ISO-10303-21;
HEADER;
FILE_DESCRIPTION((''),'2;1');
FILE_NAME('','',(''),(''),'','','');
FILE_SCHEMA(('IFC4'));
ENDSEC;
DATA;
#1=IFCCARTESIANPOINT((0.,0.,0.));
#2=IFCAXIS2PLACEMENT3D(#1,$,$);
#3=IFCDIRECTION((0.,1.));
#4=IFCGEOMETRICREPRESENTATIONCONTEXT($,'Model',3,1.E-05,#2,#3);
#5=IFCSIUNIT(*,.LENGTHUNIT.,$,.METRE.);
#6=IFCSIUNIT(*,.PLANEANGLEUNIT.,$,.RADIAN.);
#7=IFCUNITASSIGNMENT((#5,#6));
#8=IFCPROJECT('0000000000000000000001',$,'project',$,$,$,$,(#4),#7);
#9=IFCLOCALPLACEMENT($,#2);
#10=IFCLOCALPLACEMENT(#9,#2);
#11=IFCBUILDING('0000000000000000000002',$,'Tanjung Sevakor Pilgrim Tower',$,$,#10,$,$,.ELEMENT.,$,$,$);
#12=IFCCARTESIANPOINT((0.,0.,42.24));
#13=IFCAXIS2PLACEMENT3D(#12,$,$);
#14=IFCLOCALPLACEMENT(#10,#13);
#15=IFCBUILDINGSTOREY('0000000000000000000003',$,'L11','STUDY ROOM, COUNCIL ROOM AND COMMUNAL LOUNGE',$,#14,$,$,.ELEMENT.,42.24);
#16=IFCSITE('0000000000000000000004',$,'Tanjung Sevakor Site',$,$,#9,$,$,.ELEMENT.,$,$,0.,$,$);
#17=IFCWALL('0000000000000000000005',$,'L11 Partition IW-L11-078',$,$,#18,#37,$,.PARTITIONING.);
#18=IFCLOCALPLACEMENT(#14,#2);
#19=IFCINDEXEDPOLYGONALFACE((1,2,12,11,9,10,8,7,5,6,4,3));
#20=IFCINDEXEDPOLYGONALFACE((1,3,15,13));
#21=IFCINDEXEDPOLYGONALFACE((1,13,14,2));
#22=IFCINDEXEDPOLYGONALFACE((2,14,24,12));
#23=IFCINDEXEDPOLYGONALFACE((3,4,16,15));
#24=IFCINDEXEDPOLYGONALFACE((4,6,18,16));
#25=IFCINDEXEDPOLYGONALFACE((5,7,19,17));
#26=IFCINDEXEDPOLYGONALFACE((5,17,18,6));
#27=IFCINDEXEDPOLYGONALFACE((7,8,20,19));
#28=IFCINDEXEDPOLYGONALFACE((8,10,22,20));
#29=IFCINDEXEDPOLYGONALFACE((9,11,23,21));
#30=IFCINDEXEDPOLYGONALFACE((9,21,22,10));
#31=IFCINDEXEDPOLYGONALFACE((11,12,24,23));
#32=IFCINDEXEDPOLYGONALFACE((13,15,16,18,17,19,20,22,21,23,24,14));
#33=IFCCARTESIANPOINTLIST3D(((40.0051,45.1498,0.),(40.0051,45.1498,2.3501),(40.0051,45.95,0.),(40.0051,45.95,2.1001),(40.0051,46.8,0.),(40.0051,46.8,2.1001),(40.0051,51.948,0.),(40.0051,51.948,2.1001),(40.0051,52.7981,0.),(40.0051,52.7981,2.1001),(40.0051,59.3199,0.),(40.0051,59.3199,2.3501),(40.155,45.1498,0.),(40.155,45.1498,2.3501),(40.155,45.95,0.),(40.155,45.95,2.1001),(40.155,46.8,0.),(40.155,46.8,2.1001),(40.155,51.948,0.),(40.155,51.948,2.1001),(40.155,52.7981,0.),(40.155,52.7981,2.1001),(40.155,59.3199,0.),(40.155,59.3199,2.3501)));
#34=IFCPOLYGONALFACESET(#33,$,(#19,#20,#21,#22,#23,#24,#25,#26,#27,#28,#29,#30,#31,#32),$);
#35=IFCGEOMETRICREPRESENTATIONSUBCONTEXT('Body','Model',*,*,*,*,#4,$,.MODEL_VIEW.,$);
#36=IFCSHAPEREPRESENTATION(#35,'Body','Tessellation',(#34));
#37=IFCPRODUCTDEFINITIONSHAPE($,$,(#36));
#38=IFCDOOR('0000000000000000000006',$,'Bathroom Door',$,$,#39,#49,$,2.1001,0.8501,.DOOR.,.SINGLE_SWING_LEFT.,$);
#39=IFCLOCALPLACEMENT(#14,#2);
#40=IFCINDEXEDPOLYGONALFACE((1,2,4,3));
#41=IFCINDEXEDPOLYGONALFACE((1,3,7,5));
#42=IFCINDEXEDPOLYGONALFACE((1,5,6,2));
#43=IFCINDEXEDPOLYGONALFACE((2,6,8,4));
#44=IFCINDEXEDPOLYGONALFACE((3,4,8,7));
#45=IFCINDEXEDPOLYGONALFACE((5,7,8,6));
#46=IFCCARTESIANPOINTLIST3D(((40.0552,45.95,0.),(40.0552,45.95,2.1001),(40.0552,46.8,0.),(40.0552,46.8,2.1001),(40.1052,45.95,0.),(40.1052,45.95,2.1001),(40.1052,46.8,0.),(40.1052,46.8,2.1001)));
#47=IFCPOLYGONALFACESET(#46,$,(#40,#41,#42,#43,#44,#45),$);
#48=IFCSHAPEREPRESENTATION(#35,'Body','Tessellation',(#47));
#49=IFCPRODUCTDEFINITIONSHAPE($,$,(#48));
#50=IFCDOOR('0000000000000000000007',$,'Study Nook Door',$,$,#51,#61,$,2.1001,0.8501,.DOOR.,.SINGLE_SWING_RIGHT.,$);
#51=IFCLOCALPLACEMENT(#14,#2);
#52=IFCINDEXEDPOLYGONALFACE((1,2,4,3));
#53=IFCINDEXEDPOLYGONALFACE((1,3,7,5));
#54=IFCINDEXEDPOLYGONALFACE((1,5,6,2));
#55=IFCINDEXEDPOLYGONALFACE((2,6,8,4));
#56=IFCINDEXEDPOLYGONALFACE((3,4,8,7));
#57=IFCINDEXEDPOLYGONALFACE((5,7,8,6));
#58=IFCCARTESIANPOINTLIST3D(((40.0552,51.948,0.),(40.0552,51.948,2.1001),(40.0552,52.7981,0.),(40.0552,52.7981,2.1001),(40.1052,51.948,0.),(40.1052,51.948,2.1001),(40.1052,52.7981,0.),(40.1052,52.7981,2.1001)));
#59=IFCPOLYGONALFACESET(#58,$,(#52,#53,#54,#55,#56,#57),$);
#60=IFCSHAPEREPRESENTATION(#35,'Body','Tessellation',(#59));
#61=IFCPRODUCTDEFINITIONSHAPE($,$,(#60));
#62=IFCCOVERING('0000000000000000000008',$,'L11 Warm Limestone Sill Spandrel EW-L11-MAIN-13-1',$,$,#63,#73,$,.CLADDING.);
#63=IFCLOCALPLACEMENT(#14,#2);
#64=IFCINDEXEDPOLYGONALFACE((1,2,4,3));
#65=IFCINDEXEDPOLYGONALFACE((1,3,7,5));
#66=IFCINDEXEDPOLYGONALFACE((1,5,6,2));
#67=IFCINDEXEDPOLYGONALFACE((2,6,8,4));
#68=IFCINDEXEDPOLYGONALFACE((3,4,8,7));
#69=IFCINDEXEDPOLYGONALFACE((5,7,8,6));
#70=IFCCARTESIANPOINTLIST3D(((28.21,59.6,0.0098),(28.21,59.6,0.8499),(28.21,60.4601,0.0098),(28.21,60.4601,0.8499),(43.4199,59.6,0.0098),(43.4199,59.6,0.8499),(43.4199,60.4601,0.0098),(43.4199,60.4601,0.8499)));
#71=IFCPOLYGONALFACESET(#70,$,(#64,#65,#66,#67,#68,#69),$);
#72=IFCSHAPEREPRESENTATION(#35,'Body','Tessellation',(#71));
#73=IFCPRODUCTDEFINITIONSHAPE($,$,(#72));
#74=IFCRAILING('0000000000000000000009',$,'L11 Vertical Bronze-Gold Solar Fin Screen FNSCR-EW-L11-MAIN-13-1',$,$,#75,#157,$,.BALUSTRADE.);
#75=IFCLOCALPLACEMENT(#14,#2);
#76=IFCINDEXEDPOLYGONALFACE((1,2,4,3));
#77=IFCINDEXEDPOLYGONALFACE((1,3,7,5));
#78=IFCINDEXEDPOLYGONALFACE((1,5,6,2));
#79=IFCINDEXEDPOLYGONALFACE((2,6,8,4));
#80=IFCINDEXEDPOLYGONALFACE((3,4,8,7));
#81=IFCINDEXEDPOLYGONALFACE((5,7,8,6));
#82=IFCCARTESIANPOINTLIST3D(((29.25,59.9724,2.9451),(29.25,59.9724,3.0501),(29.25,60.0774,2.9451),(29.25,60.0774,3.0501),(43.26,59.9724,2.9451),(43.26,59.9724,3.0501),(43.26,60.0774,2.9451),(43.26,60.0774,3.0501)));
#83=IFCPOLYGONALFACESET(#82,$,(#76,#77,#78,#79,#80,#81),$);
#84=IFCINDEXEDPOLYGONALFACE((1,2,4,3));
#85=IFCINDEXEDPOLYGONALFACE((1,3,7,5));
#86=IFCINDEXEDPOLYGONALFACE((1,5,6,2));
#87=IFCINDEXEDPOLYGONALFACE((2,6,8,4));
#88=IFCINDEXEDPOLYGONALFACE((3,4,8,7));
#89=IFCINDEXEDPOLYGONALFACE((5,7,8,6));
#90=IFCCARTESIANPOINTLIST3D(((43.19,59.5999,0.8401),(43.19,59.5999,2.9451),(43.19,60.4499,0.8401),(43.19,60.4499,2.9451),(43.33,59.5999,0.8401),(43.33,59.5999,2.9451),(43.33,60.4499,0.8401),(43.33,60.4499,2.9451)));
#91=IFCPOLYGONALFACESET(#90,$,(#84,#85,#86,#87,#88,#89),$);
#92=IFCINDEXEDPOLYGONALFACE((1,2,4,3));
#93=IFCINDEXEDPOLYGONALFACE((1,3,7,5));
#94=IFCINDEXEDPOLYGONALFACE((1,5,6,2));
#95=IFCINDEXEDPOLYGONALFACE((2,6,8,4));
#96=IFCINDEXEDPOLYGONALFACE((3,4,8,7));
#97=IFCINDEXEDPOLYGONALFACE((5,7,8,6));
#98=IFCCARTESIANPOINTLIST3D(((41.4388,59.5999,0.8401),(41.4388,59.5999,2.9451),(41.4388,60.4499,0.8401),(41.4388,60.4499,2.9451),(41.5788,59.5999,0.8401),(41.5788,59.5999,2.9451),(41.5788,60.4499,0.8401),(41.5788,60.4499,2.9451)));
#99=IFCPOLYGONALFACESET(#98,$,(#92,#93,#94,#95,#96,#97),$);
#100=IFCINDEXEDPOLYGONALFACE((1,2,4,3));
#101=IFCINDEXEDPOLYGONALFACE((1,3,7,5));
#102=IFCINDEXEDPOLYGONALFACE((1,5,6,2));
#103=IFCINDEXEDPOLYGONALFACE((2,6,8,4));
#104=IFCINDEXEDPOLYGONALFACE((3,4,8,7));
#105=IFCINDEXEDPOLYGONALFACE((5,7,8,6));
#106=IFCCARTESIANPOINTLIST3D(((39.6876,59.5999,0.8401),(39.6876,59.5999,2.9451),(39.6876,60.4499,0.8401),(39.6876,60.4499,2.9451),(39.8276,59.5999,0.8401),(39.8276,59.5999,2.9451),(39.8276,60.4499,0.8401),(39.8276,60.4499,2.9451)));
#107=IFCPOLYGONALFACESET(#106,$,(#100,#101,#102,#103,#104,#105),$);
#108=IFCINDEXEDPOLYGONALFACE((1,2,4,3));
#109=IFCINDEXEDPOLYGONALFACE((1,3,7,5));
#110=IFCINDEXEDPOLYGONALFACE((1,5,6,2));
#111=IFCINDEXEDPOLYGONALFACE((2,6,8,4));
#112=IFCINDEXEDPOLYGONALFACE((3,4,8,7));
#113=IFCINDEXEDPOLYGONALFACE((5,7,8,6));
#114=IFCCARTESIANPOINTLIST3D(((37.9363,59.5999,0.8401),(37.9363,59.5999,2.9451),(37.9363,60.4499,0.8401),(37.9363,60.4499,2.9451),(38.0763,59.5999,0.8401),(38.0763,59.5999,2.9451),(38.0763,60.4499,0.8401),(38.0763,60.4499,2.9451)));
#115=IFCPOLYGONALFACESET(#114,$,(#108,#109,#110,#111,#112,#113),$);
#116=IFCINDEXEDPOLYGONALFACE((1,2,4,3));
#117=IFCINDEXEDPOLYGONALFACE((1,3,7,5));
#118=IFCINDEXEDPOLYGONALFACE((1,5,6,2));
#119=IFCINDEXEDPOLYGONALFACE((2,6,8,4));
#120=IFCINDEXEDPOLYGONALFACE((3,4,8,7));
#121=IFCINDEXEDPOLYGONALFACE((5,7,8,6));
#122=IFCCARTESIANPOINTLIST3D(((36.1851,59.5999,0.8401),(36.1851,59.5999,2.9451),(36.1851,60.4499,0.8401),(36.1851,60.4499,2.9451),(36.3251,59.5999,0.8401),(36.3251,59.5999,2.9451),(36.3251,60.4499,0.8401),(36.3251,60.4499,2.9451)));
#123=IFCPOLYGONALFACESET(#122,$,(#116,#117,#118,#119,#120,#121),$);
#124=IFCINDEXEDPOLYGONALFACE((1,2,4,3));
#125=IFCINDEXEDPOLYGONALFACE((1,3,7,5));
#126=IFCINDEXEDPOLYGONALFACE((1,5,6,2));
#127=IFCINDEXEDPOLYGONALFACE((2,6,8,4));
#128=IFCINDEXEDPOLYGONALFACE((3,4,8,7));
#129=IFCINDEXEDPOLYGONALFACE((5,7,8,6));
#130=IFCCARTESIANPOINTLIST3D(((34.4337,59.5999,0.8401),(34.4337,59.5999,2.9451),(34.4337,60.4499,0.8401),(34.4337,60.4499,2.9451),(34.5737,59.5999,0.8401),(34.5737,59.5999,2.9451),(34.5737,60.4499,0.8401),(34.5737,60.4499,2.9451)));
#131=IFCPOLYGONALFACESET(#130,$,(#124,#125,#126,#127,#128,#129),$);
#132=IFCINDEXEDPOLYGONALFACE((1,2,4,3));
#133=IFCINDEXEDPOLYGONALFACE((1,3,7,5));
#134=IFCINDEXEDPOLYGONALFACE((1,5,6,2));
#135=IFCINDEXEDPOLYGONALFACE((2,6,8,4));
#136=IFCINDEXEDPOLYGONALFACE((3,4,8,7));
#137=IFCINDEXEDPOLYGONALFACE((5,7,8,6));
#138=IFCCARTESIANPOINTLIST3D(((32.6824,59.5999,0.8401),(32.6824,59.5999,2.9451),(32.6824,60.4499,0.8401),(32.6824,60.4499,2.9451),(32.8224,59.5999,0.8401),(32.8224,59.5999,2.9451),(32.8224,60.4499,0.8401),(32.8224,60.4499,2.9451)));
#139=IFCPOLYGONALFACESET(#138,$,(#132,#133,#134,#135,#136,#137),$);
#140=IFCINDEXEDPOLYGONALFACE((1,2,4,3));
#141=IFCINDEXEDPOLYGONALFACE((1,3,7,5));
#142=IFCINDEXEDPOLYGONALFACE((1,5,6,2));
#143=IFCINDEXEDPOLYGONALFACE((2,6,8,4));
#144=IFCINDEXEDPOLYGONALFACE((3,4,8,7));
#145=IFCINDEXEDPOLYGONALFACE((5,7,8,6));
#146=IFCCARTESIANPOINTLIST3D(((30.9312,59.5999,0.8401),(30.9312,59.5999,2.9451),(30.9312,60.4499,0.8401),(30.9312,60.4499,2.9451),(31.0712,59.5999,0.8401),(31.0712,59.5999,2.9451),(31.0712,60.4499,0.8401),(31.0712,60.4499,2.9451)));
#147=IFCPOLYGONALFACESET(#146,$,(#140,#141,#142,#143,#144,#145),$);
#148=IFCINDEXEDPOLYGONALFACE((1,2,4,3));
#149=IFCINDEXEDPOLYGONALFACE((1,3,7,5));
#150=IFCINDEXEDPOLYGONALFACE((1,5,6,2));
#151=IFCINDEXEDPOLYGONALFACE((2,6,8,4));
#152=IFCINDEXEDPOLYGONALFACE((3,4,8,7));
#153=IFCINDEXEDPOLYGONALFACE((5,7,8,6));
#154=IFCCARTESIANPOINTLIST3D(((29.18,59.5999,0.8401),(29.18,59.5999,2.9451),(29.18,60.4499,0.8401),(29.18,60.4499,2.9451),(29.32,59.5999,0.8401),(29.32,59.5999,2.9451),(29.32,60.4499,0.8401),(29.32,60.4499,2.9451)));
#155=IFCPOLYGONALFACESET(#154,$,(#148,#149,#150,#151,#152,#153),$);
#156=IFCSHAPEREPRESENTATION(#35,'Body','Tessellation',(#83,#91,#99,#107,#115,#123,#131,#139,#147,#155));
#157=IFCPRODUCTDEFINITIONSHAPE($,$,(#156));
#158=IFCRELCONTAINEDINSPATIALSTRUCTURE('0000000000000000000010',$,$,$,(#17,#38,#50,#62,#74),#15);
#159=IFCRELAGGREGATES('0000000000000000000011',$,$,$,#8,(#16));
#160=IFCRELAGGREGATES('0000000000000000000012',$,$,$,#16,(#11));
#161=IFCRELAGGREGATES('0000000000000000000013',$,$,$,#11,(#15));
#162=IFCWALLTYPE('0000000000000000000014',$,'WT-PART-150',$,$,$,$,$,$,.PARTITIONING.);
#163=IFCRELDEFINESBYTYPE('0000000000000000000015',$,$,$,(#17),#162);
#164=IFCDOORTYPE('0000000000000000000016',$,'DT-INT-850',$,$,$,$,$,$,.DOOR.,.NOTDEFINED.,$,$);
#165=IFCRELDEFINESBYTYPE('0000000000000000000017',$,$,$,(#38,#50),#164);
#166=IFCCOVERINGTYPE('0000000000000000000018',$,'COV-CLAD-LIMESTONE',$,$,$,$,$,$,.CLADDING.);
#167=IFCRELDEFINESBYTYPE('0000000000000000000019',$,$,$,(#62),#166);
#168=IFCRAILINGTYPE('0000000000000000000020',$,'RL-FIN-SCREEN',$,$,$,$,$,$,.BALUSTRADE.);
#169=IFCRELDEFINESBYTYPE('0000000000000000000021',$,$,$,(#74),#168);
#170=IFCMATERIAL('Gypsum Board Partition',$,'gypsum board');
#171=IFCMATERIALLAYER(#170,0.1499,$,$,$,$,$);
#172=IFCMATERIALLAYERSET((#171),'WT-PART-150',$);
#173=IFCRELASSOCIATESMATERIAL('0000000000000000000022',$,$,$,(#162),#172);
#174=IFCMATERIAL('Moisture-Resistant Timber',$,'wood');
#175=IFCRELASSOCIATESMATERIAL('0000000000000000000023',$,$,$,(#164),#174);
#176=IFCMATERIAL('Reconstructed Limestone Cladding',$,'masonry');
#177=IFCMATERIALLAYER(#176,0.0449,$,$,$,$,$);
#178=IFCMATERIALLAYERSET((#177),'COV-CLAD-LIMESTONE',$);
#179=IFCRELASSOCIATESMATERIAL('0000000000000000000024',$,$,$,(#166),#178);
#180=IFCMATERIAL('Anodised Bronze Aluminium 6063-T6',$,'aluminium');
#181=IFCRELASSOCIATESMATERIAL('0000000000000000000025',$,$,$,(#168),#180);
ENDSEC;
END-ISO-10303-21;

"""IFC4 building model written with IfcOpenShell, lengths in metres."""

from ifc_helpers import new_model, si_unit, direction, frame, frame_2d, origin, origin_2d, place, context, subcontext, project, spatial, rectangle, extrude, material, layer, layer_set, type_object, element, fill, save


model = new_model("IFC4")

# Units and contexts
model_context = context("Model", 3, precision=1e-05, world=origin(), true_north=direction((0.0, 1.0)))
body_context = subcontext(model_context, "Body", "Model", "MODEL_VIEW")
ifc_project = project(units=[si_unit("LENGTHUNIT", "METRE"), si_unit("PLANEANGLEUNIT", "RADIAN")], contexts=[model_context])

# Site, building, storey
site_placement = place(None, origin())
site = spatial("IfcSite", under=ifc_project, at=site_placement, Name="Tanjung Sevakor Site", CompositionType="ELEMENT", RefElevation=0.0)
building_placement = place(site_placement, origin())
building = spatial("IfcBuilding", under=site, at=building_placement, Name="Tanjung Sevakor Pilgrim Tower", CompositionType="ELEMENT")
storey_placement = place(building_placement, frame((0.0, 0.0, 42.24)))
storey = spatial("IfcBuildingStorey", under=building, at=storey_placement, Name="L11", Description="STUDY ROOM, COUNCIL ROOM AND COMMUNAL LOUNGE", CompositionType="ELEMENT", Elevation=42.24)

# Shared definitions
ifc_material_1 = material(Name="Gypsum Board Partition", Category="gypsum board")
ifc_layer_1 = layer(ifc_material_1, 0.1499)
ifc_layer_set_1 = layer_set([ifc_layer_1], Name="WT-PART-150")
wall_type_1 = type_object("IfcWallType", Name="WT-PART-150", PredefinedType="PARTITIONING", material=ifc_layer_set_1)

# Wall, openings, doors
wall_1_placement = place(storey_placement, frame((40.0801, 45.1499, 0.0), z_axis=(0.0, 0.0, 1.0), x_axis=(0.0, 1.0, 0.0)))
wall_1 = element("IfcWall", 1, at=wall_1_placement, inside=storey, type_object=wall_type_1, Name="L11 Partition IW-L11-078", PredefinedType="PARTITIONING", context=body_context, shape_type="SweptSolid", body=[
    extrude(rectangle(XDim=14.1702, YDim=0.1499, at=frame_2d((7.085, 0.0))), origin(), (0.0, 0.0, 1.0), 2.3501),
])
opening_1_placement = place(wall_1_placement, frame((0.8, 0.0, 0.0)))
opening_1 = element("IfcOpeningElement", 2, at=opening_1_placement, cuts=wall_1, PredefinedType="OPENING", context=body_context, shape_type="SweptSolid", body=[
    extrude(rectangle(XDim=0.8501, YDim=2.1001, at=frame_2d((0.425, 1.05))), frame((0.0, 0.085, 0.0), z_axis=(0.0, -1.0, 0.0), x_axis=(1.0, 0.0, 0.0)), (0.0, 0.0, 1.0), 0.1699),
])
opening_2_placement = place(wall_1_placement, frame((6.7981, 0.0, 0.0)))
opening_2 = element("IfcOpeningElement", 3, at=opening_2_placement, cuts=wall_1, PredefinedType="OPENING", context=body_context, shape_type="SweptSolid", body=[
    extrude(rectangle(XDim=0.8501, YDim=2.1001, at=frame_2d((0.425, 1.05))), frame((0.0, 0.085, 0.0), z_axis=(0.0, -1.0, 0.0), x_axis=(1.0, 0.0, 0.0)), (0.0, 0.0, 1.0), 0.1699),
])
ifc_material_2 = material(Name="Moisture-Resistant Timber", Category="wood")
door_type_1 = type_object("IfcDoorType", Name="DT-INT-850", OperationType="NOTDEFINED", PredefinedType="DOOR", material=ifc_material_2)
door_1_placement = place(opening_1_placement, origin())
door_1 = element("IfcDoor", 4, at=door_1_placement, inside=storey, type_object=door_type_1, Name="Bathroom Door", OperationType="SINGLE_SWING_LEFT", OverallHeight=2.1001, OverallWidth=0.8501, PredefinedType="DOOR", context=body_context, shape_type="SweptSolid", body=[
    extrude(rectangle(XDim=0.8501, YDim=2.1001, at=frame_2d((0.425, 1.05))), frame((0.0, 0.0249, 0.0), z_axis=(0.0, -1.0, 0.0), x_axis=(1.0, 0.0, 0.0)), (0.0, 0.0, 1.0), 0.05),
])
fill(opening_1, door_1)
door_2_placement = place(opening_2_placement, origin())
door_2 = element("IfcDoor", 5, at=door_2_placement, inside=storey, type_object=door_type_1, Name="Study Nook Door", OperationType="SINGLE_SWING_RIGHT", OverallHeight=2.1001, OverallWidth=0.8501, PredefinedType="DOOR", context=body_context, shape_type="SweptSolid", body=[
    extrude(rectangle(XDim=0.8501, YDim=2.1001, at=frame_2d((0.425, 1.05))), frame((0.0, 0.0249, 0.0), z_axis=(0.0, -1.0, 0.0), x_axis=(1.0, 0.0, 0.0)), (0.0, 0.0, 1.0), 0.05),
])
fill(opening_2, door_2)

# Covering
ifc_material_3 = material(Name="Reconstructed Limestone Cladding", Category="masonry")
ifc_layer_2 = layer(ifc_material_3, 0.0449)
ifc_layer_set_2 = layer_set([ifc_layer_2], Name="COV-CLAD-LIMESTONE")
covering_type = type_object("IfcCoveringType", Name="COV-CLAD-LIMESTONE", PredefinedType="CLADDING", material=ifc_layer_set_2)
covering_placement = place(storey_placement, frame((35.8149, 60.03, 0.0098), z_axis=(0.0, 0.0, 1.0), x_axis=(-1.0, 0.0, 0.0)))
element("IfcCovering", 6, at=covering_placement, inside=storey, type_object=covering_type, Name="L11 Warm Limestone Sill Spandrel EW-L11-MAIN-13-1", PredefinedType="CLADDING", context=body_context, shape_type="SweptSolid", body=[
    extrude(rectangle(XDim=15.21, YDim=0.8601, at=origin_2d()), origin(), (0.0, 0.0, 1.0), 0.8401),
])

# Railing
ifc_material_4 = material(Name="Anodised Bronze Aluminium 6063-T6", Category="aluminium")
railing_type = type_object("IfcRailingType", Name="RL-FIN-SCREEN", PredefinedType="BALUSTRADE", material=ifc_material_4)
railing_placement = place(storey_placement, frame((43.26, 60.0249, 0.8401)))
element("IfcRailing", 7, at=railing_placement, inside=storey, type_object=railing_type, Name="L11 Vertical Bronze-Gold Solar Fin Screen FNSCR-EW-L11-MAIN-13-1", PredefinedType="BALUSTRADE", context=body_context, shape_type="SweptSolid", body=[
    extrude(rectangle(XDim=0.105, YDim=0.105), frame((0.0, 0.0, 2.1575), z_axis=(-1.0, 0.0, 0.0), x_axis=(0.0, -1.0, 0.0)), (0.0, 0.0, 1.0), 14.01),
    extrude(rectangle(XDim=0.14, YDim=0.85), origin(), (0.0, 0.0, 1.0), 2.105),
    extrude(rectangle(XDim=0.14, YDim=0.85), frame((-1.7512, 0.0, 0.0)), (0.0, 0.0, 1.0), 2.105),
    extrude(rectangle(XDim=0.14, YDim=0.85), frame((-3.5024, 0.0, 0.0)), (0.0, 0.0, 1.0), 2.105),
    extrude(rectangle(XDim=0.14, YDim=0.85), frame((-5.2537, 0.0, 0.0)), (0.0, 0.0, 1.0), 2.105),
    extrude(rectangle(XDim=0.14, YDim=0.85), frame((-7.0049, 0.0, 0.0)), (0.0, 0.0, 1.0), 2.105),
    extrude(rectangle(XDim=0.14, YDim=0.85), frame((-8.7563, 0.0, 0.0)), (0.0, 0.0, 1.0), 2.105),
    extrude(rectangle(XDim=0.14, YDim=0.85), frame((-10.5076, 0.0, 0.0)), (0.0, 0.0, 1.0), 2.105),
    extrude(rectangle(XDim=0.14, YDim=0.85), frame((-12.2588, 0.0, 0.0)), (0.0, 0.0, 1.0), 2.105),
    extrude(rectangle(XDim=0.14, YDim=0.85), frame((-14.01, 0.0, 0.0)), (0.0, 0.0, 1.0), 2.105),
])

save(model, "model.ifc")
